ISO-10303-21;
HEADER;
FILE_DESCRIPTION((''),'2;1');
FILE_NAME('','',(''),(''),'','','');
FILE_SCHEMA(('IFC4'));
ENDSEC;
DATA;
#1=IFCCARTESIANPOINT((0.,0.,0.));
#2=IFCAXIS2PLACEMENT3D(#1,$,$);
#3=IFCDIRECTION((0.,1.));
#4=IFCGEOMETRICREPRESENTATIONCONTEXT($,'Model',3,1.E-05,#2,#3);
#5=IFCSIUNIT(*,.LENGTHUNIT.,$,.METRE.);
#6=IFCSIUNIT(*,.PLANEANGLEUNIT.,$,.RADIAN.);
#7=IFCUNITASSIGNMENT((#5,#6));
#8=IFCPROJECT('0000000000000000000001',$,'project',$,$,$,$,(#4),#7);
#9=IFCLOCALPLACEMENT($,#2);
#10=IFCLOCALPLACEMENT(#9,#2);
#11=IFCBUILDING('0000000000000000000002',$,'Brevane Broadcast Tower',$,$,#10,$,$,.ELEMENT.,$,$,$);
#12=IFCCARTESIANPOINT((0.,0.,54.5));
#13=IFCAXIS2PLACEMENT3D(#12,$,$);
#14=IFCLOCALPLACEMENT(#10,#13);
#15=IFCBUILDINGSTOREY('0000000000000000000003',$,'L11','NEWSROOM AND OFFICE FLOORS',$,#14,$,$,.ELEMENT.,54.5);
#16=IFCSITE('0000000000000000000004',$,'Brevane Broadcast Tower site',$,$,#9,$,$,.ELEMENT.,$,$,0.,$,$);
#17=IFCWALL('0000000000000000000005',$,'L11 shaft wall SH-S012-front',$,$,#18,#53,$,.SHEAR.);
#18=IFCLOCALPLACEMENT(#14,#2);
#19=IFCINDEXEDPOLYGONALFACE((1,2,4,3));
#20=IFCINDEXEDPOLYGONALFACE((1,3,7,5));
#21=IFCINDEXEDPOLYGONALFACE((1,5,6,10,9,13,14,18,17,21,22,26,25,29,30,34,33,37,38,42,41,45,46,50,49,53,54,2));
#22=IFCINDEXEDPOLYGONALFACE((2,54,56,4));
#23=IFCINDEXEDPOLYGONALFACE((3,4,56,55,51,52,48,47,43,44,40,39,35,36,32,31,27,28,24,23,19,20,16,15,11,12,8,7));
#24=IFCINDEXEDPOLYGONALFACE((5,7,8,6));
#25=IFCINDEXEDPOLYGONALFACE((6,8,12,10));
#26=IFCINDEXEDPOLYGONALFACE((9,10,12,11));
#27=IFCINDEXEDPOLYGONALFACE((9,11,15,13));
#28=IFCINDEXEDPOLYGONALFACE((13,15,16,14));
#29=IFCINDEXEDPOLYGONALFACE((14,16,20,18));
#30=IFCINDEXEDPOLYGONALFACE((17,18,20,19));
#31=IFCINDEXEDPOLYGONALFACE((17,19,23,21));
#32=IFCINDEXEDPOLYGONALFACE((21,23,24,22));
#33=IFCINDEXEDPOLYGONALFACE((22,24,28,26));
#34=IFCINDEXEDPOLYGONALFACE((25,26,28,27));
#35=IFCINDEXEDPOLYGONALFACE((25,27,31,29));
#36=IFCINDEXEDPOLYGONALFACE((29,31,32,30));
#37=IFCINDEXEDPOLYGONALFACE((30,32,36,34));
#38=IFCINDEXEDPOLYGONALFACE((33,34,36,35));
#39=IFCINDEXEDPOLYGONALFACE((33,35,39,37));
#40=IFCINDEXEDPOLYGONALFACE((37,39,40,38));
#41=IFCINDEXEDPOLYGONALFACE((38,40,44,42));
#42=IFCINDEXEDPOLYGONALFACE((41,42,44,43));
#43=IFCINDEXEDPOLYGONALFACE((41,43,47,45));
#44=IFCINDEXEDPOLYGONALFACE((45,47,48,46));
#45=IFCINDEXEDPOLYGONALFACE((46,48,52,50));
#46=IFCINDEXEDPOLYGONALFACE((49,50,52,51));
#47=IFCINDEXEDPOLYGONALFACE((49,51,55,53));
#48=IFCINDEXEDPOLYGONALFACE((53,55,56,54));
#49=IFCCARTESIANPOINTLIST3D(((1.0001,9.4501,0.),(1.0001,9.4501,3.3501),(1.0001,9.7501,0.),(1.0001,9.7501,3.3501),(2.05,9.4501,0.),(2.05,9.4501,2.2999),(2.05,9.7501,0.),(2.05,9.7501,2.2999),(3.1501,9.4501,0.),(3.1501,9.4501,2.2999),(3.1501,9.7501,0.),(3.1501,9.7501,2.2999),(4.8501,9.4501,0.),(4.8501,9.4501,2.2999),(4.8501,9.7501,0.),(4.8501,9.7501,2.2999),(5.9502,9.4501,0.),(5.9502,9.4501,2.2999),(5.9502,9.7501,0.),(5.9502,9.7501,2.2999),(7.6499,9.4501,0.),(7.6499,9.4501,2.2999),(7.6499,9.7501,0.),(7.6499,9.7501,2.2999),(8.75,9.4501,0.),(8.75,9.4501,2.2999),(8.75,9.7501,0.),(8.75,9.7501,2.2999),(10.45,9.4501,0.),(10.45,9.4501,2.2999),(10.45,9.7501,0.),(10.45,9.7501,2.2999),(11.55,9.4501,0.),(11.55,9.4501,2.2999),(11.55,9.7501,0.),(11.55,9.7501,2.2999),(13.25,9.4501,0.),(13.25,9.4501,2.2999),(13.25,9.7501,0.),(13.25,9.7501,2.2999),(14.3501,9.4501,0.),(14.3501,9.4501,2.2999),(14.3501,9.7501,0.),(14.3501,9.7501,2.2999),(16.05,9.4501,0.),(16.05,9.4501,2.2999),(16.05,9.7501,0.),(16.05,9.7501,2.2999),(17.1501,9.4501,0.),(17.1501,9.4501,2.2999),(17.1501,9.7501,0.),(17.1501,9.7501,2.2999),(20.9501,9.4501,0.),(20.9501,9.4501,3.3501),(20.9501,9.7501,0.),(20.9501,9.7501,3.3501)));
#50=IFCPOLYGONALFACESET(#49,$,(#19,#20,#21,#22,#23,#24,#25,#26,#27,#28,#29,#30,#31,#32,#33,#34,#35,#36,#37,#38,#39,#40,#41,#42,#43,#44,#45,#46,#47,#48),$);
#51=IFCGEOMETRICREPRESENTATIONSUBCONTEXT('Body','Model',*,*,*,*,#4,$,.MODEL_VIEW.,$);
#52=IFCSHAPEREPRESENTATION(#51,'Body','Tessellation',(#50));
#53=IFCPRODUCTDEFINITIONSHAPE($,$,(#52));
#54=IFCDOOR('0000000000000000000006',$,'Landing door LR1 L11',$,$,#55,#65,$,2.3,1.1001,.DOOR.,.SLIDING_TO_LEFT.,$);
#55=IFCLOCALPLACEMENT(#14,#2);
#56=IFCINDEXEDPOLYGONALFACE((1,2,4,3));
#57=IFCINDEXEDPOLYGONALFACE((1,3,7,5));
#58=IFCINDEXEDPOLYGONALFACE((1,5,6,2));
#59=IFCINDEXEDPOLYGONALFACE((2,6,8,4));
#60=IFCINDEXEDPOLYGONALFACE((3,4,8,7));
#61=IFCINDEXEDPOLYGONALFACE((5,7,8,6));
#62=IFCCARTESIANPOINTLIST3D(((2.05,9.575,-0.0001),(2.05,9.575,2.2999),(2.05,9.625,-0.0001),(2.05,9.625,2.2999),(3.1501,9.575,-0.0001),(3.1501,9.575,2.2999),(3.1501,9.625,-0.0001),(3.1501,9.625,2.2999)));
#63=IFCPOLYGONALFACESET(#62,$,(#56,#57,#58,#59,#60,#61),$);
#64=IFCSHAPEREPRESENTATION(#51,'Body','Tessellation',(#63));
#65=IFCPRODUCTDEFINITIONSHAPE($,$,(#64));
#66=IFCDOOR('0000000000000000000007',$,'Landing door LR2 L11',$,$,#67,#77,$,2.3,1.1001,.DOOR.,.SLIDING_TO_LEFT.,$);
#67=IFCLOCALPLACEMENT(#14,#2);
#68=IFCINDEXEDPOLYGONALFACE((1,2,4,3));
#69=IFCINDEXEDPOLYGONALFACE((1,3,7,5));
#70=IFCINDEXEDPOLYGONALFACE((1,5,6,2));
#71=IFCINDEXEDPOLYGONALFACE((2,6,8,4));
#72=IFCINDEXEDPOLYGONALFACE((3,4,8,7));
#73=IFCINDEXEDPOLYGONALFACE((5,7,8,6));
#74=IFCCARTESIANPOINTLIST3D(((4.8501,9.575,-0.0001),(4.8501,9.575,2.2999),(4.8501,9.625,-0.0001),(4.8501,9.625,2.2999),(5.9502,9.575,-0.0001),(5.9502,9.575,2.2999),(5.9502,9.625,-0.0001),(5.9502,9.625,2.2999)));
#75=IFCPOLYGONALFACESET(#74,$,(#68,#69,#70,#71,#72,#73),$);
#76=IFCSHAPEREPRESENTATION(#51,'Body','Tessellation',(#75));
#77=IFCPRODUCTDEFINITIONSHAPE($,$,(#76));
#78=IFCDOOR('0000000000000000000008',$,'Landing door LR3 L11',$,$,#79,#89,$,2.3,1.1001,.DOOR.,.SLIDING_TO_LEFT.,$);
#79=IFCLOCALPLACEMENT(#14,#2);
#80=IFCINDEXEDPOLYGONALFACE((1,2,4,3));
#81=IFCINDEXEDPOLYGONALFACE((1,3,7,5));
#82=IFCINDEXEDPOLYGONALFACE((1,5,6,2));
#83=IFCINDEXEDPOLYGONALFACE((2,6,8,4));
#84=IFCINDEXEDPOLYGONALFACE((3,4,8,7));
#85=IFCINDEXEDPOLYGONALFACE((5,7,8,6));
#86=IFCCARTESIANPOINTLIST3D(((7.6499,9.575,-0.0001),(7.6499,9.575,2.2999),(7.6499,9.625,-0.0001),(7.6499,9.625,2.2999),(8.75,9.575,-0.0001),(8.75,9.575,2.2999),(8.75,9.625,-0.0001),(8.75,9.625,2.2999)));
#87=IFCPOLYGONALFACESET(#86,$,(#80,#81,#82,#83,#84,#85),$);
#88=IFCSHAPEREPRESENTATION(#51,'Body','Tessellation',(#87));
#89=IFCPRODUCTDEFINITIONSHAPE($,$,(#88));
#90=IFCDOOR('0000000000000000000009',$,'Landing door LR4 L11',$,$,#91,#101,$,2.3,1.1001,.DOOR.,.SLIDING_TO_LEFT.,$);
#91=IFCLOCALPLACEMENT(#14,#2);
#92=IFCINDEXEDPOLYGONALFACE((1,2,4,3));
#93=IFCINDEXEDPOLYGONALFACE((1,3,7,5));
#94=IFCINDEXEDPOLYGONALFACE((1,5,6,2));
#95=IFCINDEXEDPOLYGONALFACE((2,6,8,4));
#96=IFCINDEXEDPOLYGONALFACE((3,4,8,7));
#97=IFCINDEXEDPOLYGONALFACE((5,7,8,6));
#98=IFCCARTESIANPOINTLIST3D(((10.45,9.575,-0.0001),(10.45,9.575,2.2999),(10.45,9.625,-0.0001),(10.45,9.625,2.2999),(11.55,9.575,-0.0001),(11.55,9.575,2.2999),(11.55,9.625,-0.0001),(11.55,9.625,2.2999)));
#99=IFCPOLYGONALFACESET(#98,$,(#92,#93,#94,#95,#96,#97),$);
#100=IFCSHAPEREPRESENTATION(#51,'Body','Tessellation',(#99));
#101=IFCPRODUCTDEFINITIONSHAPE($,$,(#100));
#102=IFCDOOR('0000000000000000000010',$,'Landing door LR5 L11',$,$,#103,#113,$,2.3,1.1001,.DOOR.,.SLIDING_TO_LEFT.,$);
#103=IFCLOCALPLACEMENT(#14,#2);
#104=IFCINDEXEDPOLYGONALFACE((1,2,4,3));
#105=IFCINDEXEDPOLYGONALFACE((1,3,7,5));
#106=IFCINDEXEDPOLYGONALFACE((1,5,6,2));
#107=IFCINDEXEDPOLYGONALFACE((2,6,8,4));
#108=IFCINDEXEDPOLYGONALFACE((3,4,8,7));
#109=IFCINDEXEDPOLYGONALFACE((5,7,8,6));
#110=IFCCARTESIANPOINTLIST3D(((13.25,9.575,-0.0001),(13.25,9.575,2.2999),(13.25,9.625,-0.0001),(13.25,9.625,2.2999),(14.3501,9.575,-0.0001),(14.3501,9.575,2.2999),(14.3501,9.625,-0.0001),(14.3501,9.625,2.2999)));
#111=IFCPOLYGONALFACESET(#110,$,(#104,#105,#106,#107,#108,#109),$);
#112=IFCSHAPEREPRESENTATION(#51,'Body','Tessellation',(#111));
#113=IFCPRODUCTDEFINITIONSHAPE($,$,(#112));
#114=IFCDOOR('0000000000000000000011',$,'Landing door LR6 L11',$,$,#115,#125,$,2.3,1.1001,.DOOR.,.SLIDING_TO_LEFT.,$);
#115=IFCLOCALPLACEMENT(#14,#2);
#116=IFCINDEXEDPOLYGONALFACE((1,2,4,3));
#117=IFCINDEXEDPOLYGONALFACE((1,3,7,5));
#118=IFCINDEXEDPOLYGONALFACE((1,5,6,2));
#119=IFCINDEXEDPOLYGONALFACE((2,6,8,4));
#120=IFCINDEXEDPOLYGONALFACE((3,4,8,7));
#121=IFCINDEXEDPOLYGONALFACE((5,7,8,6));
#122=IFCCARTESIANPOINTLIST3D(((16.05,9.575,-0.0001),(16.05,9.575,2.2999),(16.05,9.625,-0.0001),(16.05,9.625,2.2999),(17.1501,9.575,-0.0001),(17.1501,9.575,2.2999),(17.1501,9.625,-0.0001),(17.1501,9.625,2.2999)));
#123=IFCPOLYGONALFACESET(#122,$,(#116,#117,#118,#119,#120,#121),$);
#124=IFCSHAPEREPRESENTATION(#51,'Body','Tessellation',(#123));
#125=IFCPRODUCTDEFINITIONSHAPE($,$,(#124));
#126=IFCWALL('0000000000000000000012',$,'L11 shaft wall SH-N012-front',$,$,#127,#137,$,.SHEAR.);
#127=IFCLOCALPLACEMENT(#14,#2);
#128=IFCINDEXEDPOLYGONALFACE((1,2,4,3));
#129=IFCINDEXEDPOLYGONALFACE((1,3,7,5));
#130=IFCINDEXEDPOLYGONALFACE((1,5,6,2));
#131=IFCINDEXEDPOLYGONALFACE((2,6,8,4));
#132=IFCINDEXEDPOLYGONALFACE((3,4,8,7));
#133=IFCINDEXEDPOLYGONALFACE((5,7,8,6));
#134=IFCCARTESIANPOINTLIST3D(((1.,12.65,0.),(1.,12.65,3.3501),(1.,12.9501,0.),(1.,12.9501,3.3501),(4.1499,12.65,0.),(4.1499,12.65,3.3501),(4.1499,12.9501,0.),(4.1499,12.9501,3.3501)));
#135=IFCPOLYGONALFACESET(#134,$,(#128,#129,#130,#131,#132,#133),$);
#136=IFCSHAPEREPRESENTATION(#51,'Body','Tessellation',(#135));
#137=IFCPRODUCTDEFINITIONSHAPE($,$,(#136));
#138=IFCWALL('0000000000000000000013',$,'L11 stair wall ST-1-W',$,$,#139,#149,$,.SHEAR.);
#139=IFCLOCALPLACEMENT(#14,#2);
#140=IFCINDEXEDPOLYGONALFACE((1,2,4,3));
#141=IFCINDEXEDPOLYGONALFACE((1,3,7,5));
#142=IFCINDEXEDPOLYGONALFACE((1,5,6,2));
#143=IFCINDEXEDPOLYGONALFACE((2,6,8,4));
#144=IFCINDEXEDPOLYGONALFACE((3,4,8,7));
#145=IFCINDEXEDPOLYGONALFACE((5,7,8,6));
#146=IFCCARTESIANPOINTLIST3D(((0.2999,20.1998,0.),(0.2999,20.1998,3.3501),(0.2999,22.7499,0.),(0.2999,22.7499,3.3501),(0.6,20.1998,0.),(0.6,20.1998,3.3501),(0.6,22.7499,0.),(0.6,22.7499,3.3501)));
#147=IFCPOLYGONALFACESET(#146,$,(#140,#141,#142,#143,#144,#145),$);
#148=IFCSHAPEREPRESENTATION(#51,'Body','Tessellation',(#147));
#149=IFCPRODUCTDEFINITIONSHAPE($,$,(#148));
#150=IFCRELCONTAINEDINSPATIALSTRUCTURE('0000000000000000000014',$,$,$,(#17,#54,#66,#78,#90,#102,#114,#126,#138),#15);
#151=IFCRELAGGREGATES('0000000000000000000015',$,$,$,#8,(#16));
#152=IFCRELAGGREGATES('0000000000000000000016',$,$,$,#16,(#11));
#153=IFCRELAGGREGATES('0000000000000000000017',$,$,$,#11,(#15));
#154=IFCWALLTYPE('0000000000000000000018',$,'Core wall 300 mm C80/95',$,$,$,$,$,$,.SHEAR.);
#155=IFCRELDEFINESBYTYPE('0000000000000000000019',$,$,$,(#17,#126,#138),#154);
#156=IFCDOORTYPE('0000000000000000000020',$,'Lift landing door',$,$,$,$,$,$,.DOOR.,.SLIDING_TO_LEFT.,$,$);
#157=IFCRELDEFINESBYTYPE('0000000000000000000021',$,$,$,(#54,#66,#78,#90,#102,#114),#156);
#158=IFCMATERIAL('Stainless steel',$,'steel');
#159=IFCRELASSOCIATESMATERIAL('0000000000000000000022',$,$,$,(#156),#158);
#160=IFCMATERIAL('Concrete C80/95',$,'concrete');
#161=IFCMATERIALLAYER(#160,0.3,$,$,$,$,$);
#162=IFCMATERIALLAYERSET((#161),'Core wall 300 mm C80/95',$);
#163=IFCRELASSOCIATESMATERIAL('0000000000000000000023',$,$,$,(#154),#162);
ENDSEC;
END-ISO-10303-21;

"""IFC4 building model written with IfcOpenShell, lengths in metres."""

from ifc_helpers import new_model, si_unit, direction, frame, frame_2d, origin, place, context, subcontext, project, spatial, rectangle, extrude, material, layer, layer_set, type_object, element, fill, save


model = new_model("IFC4")

# Units and contexts
model_context = context("Model", 3, precision=1e-05, world=origin(), true_north=direction((0.0, 1.0)))
body_context = subcontext(model_context, "Body", "Model", "MODEL_VIEW")
ifc_project = project(units=[si_unit("LENGTHUNIT", "METRE"), si_unit("PLANEANGLEUNIT", "RADIAN")], contexts=[model_context])

# Site, building, storey
site_placement = place(None, origin())
site = spatial("IfcSite", under=ifc_project, at=site_placement, Name="Brevane Broadcast Tower site", CompositionType="ELEMENT", RefElevation=0.0)
building_placement = place(site_placement, origin())
building = spatial("IfcBuilding", under=site, at=building_placement, Name="Brevane Broadcast Tower", CompositionType="ELEMENT")
storey_placement = place(building_placement, frame((0.0, 0.0, 54.5)))
storey = spatial("IfcBuildingStorey", under=building, at=storey_placement, Name="L11", Description="NEWSROOM AND OFFICE FLOORS", CompositionType="ELEMENT", Elevation=54.5)

# Shared definitions
ifc_material_1 = material(Name="Concrete C80/95", Category="concrete")
ifc_material_2 = material(Name="Stainless steel", Category="steel")
door_type = type_object("IfcDoorType", Name="Lift landing door", OperationType="SLIDING_TO_LEFT", PredefinedType="DOOR", material=ifc_material_2)

# Wall, openings, doors
ifc_layer_1 = layer(ifc_material_1, 0.3)
ifc_layer_set_1 = layer_set([ifc_layer_1], Name="Core wall 300 mm C80/95")
wall_type_1 = type_object("IfcWallType", Name="Core wall 300 mm C80/95", PredefinedType="SHEAR", material=ifc_layer_set_1)
wall_1_placement = place(storey_placement, frame((1.0, 9.6001, 0.0), z_axis=(0.0, 0.0, 1.0), x_axis=(1.0, 0.0, 0.0)))
wall_1 = element("IfcWall", 1, at=wall_1_placement, inside=storey, type_object=wall_type_1, Name="L11 shaft wall SH-S012-front", PredefinedType="SHEAR", context=body_context, shape_type="SweptSolid", body=[
    extrude(rectangle(XDim=19.95, YDim=0.3, at=frame_2d((9.9751, 0.0))), origin(), (0.0, 0.0, 1.0), 3.3501),
])
opening_1_placement = place(wall_1_placement, frame((1.05, 0.0, 0.0)))
opening_1 = element("IfcOpeningElement", 2, at=opening_1_placement, cuts=wall_1, PredefinedType="OPENING", context=body_context, shape_type="SweptSolid", body=[
    extrude(rectangle(XDim=1.1001, YDim=2.3, at=frame_2d((0.55, 1.1499))), frame((0.0, 0.1599, 0.0), z_axis=(0.0, -1.0, 0.0), x_axis=(1.0, 0.0, 0.0)), (0.0, 0.0, 1.0), 0.3201),
])
opening_2_placement = place(wall_1_placement, frame((3.8501, 0.0, 0.0)))
opening_2 = element("IfcOpeningElement", 3, at=opening_2_placement, cuts=wall_1, PredefinedType="OPENING", context=body_context, shape_type="SweptSolid", body=[
    extrude(rectangle(XDim=1.1001, YDim=2.3, at=frame_2d((0.55, 1.1499))), frame((0.0, 0.1599, 0.0), z_axis=(0.0, -1.0, 0.0), x_axis=(1.0, 0.0, 0.0)), (0.0, 0.0, 1.0), 0.3201),
])
opening_3_placement = place(wall_1_placement, frame((6.6499, 0.0, 0.0)))
opening_3 = element("IfcOpeningElement", 4, at=opening_3_placement, cuts=wall_1, PredefinedType="OPENING", context=body_context, shape_type="SweptSolid", body=[
    extrude(rectangle(XDim=1.1001, YDim=2.3, at=frame_2d((0.55, 1.1499))), frame((0.0, 0.1599, 0.0), z_axis=(0.0, -1.0, 0.0), x_axis=(1.0, 0.0, 0.0)), (0.0, 0.0, 1.0), 0.3201),
])
opening_4_placement = place(wall_1_placement, frame((9.45, 0.0, 0.0)))
opening_4 = element("IfcOpeningElement", 5, at=opening_4_placement, cuts=wall_1, PredefinedType="OPENING", context=body_context, shape_type="SweptSolid", body=[
    extrude(rectangle(XDim=1.1001, YDim=2.3, at=frame_2d((0.55, 1.1499))), frame((0.0, 0.1599, 0.0), z_axis=(0.0, -1.0, 0.0), x_axis=(1.0, 0.0, 0.0)), (0.0, 0.0, 1.0), 0.3201),
])
opening_5_placement = place(wall_1_placement, frame((12.25, 0.0, 0.0)))
opening_5 = element("IfcOpeningElement", 6, at=opening_5_placement, cuts=wall_1, PredefinedType="OPENING", context=body_context, shape_type="SweptSolid", body=[
    extrude(rectangle(XDim=1.1001, YDim=2.3, at=frame_2d((0.55, 1.1499))), frame((0.0, 0.1599, 0.0), z_axis=(0.0, -1.0, 0.0), x_axis=(1.0, 0.0, 0.0)), (0.0, 0.0, 1.0), 0.3201),
])
opening_6_placement = place(wall_1_placement, frame((15.05, 0.0, 0.0)))
opening_6 = element("IfcOpeningElement", 7, at=opening_6_placement, cuts=wall_1, PredefinedType="OPENING", context=body_context, shape_type="SweptSolid", body=[
    extrude(rectangle(XDim=1.1001, YDim=2.3, at=frame_2d((0.55, 1.1499))), frame((0.0, 0.1599, 0.0), z_axis=(0.0, -1.0, 0.0), x_axis=(1.0, 0.0, 0.0)), (0.0, 0.0, 1.0), 0.3201),
])
door_1_placement = place(opening_1_placement, origin())
door_1 = element("IfcDoor", 8, at=door_1_placement, inside=storey, type_object=door_type, Name="Landing door LR1 L11", OperationType="SLIDING_TO_LEFT", OverallHeight=2.3, OverallWidth=1.1001, PredefinedType="DOOR", context=body_context, shape_type="SweptSolid", body=[
    extrude(rectangle(XDim=1.1001, YDim=2.3, at=frame_2d((0.55, 1.1499))), frame((0.0, 0.0249, 0.0), z_axis=(0.0, -1.0, 0.0), x_axis=(1.0, 0.0, 0.0)), (0.0, 0.0, 1.0), 0.05),
])
fill(opening_1, door_1)
door_2_placement = place(opening_2_placement, origin())
door_2 = element("IfcDoor", 9, at=door_2_placement, inside=storey, type_object=door_type, Name="Landing door LR2 L11", OperationType="SLIDING_TO_LEFT", OverallHeight=2.3, OverallWidth=1.1001, PredefinedType="DOOR", context=body_context, shape_type="SweptSolid", body=[
    extrude(rectangle(XDim=1.1001, YDim=2.3, at=frame_2d((0.55, 1.1499))), frame((0.0, 0.0249, 0.0), z_axis=(0.0, -1.0, 0.0), x_axis=(1.0, 0.0, 0.0)), (0.0, 0.0, 1.0), 0.05),
])
fill(opening_2, door_2)
door_3_placement = place(opening_3_placement, origin())
door_3 = element("IfcDoor", 10, at=door_3_placement, inside=storey, type_object=door_type, Name="Landing door LR3 L11", OperationType="SLIDING_TO_LEFT", OverallHeight=2.3, OverallWidth=1.1001, PredefinedType="DOOR", context=body_context, shape_type="SweptSolid", body=[
    extrude(rectangle(XDim=1.1001, YDim=2.3, at=frame_2d((0.55, 1.1499))), frame((0.0, 0.0249, 0.0), z_axis=(0.0, -1.0, 0.0), x_axis=(1.0, 0.0, 0.0)), (0.0, 0.0, 1.0), 0.05),
])
fill(opening_3, door_3)
door_4_placement = place(opening_4_placement, origin())
door_4 = element("IfcDoor", 11, at=door_4_placement, inside=storey, type_object=door_type, Name="Landing door LR4 L11", OperationType="SLIDING_TO_LEFT", OverallHeight=2.3, OverallWidth=1.1001, PredefinedType="DOOR", context=body_context, shape_type="SweptSolid", body=[
    extrude(rectangle(XDim=1.1001, YDim=2.3, at=frame_2d((0.55, 1.1499))), frame((0.0, 0.0249, 0.0), z_axis=(0.0, -1.0, 0.0), x_axis=(1.0, 0.0, 0.0)), (0.0, 0.0, 1.0), 0.05),
])
fill(opening_4, door_4)
door_5_placement = place(opening_5_placement, origin())
door_5 = element("IfcDoor", 12, at=door_5_placement, inside=storey, type_object=door_type, Name="Landing door LR5 L11", OperationType="SLIDING_TO_LEFT", OverallHeight=2.3, OverallWidth=1.1001, PredefinedType="DOOR", context=body_context, shape_type="SweptSolid", body=[
    extrude(rectangle(XDim=1.1001, YDim=2.3, at=frame_2d((0.55, 1.1499))), frame((0.0, 0.0249, 0.0), z_axis=(0.0, -1.0, 0.0), x_axis=(1.0, 0.0, 0.0)), (0.0, 0.0, 1.0), 0.05),
])
fill(opening_5, door_5)
door_6_placement = place(opening_6_placement, origin())
door_6 = element("IfcDoor", 13, at=door_6_placement, inside=storey, type_object=door_type, Name="Landing door LR6 L11", OperationType="SLIDING_TO_LEFT", OverallHeight=2.3, OverallWidth=1.1001, PredefinedType="DOOR", context=body_context, shape_type="SweptSolid", body=[
    extrude(rectangle(XDim=1.1001, YDim=2.3, at=frame_2d((0.55, 1.1499))), frame((0.0, 0.0249, 0.0), z_axis=(0.0, -1.0, 0.0), x_axis=(1.0, 0.0, 0.0)), (0.0, 0.0, 1.0), 0.05),
])
fill(opening_6, door_6)

# Walls
wall_2_placement = place(storey_placement, frame((1.0, 12.8, 0.0), z_axis=(0.0, 0.0, 1.0), x_axis=(1.0, 0.0, 0.0)))
element("IfcWall", 14, at=wall_2_placement, inside=storey, type_object=wall_type_1, Name="L11 shaft wall SH-N012-front", PredefinedType="SHEAR", context=body_context, shape_type="SweptSolid", body=[
    extrude(rectangle(XDim=3.1499, YDim=0.3, at=frame_2d((1.575, 0.0))), origin(), (0.0, 0.0, 1.0), 3.3501),
])
wall_3_placement = place(storey_placement, frame((0.45, 20.2, 0.0), z_axis=(0.0, 0.0, 1.0), x_axis=(0.0, 1.0, 0.0)))
element("IfcWall", 15, at=wall_3_placement, inside=storey, type_object=wall_type_1, Name="L11 stair wall ST-1-W", PredefinedType="SHEAR", context=body_context, shape_type="SweptSolid", body=[
    extrude(rectangle(XDim=2.55, YDim=0.3, at=frame_2d((1.2749, 0.0))), origin(), (0.0, 0.0, 1.0), 3.3501),
])

save(model, "model.ifc")
